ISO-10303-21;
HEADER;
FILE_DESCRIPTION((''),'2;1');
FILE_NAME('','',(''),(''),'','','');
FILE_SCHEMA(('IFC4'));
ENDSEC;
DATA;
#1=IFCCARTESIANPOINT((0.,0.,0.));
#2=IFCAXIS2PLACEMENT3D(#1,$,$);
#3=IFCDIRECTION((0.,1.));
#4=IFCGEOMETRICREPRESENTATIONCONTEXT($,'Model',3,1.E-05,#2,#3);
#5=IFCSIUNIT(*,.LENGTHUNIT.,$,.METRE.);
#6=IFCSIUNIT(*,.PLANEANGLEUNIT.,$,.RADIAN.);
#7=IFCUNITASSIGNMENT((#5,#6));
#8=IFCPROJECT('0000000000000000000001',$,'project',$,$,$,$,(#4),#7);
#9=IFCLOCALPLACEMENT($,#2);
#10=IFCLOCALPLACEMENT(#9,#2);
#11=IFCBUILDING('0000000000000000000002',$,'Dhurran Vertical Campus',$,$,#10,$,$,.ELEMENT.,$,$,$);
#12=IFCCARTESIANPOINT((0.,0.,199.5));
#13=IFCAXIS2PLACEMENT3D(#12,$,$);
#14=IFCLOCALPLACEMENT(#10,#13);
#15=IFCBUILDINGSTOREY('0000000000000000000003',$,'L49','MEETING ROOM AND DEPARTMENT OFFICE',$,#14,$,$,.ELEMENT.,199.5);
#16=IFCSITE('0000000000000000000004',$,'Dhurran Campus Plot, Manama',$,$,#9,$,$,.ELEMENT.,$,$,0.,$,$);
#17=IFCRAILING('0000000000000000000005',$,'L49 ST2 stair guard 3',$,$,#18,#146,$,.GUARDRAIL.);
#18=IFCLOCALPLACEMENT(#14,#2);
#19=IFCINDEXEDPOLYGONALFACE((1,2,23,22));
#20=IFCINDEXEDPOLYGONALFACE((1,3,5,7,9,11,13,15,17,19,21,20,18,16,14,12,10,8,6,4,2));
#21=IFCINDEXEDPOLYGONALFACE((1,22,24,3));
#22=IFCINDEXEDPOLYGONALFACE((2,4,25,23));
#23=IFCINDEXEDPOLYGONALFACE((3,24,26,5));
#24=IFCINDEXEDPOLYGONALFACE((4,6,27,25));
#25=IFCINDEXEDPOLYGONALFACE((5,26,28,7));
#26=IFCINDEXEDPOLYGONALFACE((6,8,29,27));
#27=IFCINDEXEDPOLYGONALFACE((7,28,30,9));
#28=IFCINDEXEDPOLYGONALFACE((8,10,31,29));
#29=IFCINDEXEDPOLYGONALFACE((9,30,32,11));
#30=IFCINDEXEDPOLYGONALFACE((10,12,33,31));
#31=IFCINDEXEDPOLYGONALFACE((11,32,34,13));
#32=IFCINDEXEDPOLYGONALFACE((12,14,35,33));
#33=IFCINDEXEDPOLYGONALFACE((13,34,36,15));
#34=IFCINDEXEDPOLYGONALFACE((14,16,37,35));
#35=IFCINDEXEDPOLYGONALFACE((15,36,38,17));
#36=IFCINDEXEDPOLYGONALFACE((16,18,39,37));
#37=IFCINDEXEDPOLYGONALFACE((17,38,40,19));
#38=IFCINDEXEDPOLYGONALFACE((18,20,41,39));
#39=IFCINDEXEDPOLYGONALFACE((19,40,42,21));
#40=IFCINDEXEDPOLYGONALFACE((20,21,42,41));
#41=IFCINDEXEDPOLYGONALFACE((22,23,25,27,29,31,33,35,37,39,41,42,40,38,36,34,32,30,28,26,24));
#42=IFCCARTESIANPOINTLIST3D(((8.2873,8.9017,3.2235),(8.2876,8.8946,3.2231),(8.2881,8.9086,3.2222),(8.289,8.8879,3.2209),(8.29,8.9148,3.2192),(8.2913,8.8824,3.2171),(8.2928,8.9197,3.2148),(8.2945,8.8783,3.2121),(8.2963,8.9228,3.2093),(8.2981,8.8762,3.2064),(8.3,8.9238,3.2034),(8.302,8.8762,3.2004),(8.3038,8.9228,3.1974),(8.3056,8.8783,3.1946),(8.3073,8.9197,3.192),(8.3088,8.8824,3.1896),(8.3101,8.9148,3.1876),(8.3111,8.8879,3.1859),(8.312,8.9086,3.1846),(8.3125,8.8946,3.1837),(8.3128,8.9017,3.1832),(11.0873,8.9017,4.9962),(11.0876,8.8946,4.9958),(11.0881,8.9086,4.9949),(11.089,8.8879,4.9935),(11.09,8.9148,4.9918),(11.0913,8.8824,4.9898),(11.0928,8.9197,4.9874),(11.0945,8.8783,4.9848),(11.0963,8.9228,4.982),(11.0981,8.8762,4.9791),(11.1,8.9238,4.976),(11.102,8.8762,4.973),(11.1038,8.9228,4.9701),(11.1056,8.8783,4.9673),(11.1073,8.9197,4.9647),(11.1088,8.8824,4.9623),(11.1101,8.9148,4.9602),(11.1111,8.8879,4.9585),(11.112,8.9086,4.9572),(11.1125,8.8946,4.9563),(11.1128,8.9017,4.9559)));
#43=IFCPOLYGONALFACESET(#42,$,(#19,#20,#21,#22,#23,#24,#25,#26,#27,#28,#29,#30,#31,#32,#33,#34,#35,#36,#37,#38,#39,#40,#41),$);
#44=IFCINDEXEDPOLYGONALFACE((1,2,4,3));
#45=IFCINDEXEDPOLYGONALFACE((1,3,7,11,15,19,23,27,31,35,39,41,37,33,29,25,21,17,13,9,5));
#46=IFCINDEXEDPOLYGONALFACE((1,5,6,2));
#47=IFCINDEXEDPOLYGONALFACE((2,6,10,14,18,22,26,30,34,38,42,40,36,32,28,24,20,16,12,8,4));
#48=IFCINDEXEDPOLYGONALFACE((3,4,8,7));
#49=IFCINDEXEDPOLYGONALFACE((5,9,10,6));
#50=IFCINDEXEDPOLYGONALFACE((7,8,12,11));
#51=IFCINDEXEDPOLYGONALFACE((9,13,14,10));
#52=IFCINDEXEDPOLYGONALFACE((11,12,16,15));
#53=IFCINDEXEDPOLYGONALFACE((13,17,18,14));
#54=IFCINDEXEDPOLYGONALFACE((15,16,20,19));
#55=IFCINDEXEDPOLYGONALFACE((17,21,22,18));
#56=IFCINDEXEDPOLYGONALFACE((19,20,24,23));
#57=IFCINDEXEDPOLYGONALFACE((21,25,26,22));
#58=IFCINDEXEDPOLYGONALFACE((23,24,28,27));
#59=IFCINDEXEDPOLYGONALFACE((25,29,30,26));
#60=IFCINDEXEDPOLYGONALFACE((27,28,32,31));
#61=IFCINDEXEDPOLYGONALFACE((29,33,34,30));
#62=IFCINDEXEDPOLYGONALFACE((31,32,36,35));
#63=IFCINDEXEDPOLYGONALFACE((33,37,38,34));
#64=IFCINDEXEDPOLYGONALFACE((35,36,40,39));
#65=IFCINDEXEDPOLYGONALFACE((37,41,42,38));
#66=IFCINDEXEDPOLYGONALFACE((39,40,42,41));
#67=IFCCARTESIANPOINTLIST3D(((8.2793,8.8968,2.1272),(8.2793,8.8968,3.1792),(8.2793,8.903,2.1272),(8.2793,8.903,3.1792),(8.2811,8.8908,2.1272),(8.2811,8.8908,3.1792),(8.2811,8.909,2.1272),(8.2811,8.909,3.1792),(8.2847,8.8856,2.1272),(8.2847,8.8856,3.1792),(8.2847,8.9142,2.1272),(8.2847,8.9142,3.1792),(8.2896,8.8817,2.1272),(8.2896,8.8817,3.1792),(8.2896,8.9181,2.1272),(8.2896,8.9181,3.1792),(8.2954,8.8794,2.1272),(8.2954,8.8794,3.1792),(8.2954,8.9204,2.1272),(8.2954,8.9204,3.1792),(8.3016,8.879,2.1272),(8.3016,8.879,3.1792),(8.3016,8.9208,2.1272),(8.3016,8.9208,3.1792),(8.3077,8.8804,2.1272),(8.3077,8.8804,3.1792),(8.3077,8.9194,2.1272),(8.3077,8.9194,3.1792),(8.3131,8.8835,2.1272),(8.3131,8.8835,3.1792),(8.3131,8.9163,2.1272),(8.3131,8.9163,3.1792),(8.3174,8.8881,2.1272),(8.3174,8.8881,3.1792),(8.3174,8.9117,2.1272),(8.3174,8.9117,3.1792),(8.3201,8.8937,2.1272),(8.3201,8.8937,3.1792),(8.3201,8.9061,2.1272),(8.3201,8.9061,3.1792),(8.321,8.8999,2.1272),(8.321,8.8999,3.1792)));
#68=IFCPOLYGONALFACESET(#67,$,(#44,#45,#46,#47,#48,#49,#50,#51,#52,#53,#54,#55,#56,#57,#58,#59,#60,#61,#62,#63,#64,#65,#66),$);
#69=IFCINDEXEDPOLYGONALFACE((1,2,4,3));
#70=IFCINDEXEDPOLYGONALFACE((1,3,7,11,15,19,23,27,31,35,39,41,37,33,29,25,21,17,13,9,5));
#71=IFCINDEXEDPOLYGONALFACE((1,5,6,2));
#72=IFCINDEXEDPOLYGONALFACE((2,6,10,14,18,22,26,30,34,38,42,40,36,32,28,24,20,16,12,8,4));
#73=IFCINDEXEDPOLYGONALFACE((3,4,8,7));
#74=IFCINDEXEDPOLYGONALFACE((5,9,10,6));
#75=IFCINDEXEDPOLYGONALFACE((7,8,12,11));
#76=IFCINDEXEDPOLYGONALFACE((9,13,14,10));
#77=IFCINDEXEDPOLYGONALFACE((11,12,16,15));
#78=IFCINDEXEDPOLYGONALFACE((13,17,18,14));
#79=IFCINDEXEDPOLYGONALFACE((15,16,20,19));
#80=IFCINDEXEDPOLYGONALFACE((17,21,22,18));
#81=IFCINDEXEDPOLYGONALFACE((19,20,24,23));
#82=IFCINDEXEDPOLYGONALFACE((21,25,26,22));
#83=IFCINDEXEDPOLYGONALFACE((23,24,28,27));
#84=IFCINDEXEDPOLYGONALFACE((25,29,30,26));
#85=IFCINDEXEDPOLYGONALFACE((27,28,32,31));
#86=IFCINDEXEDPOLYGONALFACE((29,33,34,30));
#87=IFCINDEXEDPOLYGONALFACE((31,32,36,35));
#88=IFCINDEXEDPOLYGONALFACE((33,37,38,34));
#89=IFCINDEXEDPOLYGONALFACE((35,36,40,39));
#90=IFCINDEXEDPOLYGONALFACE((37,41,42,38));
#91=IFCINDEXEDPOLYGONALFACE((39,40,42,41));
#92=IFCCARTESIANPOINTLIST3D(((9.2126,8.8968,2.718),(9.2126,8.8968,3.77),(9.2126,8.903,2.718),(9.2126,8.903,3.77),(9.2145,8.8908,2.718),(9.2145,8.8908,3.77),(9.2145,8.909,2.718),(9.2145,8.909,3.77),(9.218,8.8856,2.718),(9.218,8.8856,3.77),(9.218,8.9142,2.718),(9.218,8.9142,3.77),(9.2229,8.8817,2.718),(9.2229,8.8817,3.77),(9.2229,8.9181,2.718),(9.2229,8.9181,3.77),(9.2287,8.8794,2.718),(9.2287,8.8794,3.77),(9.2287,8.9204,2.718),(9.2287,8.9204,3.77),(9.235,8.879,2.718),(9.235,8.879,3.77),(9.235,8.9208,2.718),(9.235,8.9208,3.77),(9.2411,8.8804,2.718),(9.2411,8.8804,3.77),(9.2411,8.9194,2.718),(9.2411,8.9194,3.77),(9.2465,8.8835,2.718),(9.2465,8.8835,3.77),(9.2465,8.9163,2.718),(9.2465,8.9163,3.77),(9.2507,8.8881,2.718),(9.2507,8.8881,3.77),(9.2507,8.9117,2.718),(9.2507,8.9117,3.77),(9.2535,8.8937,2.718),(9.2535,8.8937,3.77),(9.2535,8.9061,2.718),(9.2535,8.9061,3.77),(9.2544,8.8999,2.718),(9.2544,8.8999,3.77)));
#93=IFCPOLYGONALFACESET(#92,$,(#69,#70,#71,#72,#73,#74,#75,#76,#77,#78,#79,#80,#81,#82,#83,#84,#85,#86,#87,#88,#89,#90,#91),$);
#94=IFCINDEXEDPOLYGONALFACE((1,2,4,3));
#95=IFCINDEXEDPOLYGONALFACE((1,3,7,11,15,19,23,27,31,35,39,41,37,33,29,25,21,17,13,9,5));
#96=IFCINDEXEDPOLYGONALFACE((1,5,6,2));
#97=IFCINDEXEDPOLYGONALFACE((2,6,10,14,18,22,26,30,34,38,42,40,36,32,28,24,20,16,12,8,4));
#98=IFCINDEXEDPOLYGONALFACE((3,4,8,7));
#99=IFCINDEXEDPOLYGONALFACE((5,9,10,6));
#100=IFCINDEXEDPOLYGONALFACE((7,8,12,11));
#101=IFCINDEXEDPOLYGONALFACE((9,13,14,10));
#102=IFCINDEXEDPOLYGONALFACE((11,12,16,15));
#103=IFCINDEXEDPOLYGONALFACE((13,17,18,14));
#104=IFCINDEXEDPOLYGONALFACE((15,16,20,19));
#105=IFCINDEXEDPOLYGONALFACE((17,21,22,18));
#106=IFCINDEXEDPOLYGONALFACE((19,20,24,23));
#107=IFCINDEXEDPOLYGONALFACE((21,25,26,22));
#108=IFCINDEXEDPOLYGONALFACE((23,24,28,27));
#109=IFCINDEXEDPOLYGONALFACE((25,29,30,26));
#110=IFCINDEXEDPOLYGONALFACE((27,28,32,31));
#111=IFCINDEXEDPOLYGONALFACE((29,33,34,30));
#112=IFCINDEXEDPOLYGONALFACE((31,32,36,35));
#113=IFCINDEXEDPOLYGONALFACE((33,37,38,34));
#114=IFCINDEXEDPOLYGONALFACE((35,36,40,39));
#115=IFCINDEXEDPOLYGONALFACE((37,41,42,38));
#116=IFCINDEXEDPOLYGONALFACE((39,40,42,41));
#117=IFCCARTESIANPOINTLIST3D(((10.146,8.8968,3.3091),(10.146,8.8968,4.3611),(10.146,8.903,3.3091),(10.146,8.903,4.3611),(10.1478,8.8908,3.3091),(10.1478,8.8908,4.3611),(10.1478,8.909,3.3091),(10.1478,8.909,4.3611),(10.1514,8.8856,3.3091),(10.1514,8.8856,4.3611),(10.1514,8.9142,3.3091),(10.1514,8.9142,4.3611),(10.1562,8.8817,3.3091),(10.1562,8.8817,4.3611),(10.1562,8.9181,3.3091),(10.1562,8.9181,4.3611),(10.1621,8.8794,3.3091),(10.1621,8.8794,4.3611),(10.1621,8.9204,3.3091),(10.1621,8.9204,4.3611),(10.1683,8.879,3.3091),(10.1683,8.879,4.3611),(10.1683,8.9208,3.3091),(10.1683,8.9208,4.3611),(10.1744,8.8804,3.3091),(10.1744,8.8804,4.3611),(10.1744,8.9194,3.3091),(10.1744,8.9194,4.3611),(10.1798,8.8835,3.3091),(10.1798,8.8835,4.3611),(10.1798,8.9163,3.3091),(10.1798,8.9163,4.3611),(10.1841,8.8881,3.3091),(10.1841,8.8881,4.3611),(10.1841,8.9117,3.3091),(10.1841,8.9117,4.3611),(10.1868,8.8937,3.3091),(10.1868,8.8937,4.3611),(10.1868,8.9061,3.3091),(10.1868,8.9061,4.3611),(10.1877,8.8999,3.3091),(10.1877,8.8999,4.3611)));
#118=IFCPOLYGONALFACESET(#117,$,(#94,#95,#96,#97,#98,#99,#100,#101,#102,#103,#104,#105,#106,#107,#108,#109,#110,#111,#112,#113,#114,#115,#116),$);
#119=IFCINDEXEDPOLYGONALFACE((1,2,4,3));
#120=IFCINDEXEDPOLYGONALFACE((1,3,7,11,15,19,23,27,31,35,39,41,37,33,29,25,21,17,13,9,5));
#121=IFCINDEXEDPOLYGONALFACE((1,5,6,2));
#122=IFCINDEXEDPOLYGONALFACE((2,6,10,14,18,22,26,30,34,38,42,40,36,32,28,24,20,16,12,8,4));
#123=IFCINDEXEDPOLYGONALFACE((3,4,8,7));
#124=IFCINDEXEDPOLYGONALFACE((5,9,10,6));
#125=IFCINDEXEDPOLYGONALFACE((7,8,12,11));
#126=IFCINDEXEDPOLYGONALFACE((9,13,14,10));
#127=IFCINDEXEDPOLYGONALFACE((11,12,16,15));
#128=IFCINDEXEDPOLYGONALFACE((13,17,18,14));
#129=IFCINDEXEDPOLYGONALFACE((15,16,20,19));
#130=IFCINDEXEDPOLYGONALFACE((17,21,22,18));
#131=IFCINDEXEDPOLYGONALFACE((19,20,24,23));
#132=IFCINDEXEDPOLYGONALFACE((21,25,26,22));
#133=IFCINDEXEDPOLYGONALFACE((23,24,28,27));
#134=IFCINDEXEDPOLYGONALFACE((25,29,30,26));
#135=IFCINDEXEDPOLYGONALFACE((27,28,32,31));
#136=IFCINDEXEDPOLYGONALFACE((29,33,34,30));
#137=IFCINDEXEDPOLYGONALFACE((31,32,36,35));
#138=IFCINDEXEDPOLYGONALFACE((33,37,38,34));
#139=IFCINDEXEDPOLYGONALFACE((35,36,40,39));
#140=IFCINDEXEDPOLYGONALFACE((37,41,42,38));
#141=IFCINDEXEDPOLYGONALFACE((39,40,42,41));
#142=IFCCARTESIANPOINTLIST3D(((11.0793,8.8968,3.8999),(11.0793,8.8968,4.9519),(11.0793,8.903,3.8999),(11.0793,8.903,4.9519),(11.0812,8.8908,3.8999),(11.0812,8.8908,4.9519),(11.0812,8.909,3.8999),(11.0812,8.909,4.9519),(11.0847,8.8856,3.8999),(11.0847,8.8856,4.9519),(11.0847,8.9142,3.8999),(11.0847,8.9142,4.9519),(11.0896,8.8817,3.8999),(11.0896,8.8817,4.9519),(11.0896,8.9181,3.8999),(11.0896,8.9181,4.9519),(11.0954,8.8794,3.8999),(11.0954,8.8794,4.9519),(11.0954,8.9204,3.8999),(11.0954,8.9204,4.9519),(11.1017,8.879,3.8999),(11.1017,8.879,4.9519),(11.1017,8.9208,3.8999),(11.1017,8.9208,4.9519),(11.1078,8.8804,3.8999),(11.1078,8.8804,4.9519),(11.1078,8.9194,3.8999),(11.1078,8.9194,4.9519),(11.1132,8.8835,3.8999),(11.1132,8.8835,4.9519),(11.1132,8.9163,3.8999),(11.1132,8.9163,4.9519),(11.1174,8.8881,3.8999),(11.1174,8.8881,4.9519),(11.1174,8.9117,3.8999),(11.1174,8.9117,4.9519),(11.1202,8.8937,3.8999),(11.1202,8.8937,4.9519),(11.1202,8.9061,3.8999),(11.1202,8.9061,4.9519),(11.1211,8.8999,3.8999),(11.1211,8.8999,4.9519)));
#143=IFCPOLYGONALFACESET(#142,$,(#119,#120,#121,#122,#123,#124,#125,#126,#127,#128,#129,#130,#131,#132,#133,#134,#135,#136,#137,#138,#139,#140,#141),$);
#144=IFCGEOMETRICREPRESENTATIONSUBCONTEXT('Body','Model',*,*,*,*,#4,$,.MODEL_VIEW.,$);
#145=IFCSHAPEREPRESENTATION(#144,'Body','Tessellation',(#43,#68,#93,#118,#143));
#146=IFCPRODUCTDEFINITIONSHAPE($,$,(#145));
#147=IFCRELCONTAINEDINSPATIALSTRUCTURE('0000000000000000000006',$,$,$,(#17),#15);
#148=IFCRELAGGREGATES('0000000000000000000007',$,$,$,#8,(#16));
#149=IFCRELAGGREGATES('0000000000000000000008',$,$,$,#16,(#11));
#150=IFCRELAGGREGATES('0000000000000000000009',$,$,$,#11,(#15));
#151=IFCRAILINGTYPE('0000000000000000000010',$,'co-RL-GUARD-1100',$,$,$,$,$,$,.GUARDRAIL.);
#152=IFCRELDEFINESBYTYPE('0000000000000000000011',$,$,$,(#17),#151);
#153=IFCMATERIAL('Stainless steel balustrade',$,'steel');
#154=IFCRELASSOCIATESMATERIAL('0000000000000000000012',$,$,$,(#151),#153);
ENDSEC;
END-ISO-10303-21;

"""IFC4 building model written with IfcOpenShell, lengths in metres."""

from ifc_helpers import new_model, si_unit, direction, frame, origin, origin_2d, place, context, subcontext, project, spatial, circle, extrude, material, type_object, element, save


model = new_model("IFC4")

# Units and contexts
model_context = context("Model", 3, precision=1e-05, world=origin(), true_north=direction((0.0, 1.0)))
body_context = subcontext(model_context, "Body", "Model", "MODEL_VIEW")
ifc_project = project(units=[si_unit("LENGTHUNIT", "METRE"), si_unit("PLANEANGLEUNIT", "RADIAN")], contexts=[model_context])

# Site, building, storey
site_placement = place(None, origin())
site = spatial("IfcSite", under=ifc_project, at=site_placement, Name="Dhurran Campus Plot, Manama", CompositionType="ELEMENT", RefElevation=0.0)
building_placement = place(site_placement, origin())
building = spatial("IfcBuilding", under=site, at=building_placement, Name="Dhurran Vertical Campus", CompositionType="ELEMENT")
storey_placement = place(building_placement, frame((0.0, 0.0, 199.5)))
storey = spatial("IfcBuildingStorey", under=building, at=storey_placement, Name="L49", Description="MEETING ROOM AND DEPARTMENT OFFICE", CompositionType="ELEMENT", Elevation=199.5)

# Railing
ifc_material_1 = material(Name="Stainless steel balustrade", Category="steel")
railing_type_1 = type_object("IfcRailingType", Name="co-RL-GUARD-1100", PredefinedType="GUARDRAIL", material=ifc_material_1)
railing_1_placement = place(storey_placement, frame((8.3, 8.8999, 2.1272)))
element("IfcRailing", 1, at=railing_1_placement, inside=storey, type_object=railing_type_1, Name="L49 ST2 stair guard 3", PredefinedType="GUARDRAIL", context=body_context, shape_type="SweptSolid", body=[
    extrude(circle(Radius=0.0239, at=origin_2d()), frame((0.0, 0.0, 1.0762), z_axis=(0.844909, 0.0, 0.53491), x_axis=(0.0, 1.0, 0.0)), (0.0, 0.0, 1.0), 3.314),
    extrude(circle(Radius=0.021, at=origin_2d()), origin(), (0.0, 0.0, 1.0), 1.052),
    extrude(circle(Radius=0.021, at=origin_2d()), frame((0.9333, 0.0, 0.5908)), (0.0, 0.0, 1.0), 1.052),
    extrude(circle(Radius=0.021, at=origin_2d()), frame((1.8667, 0.0, 1.1819)), (0.0, 0.0, 1.0), 1.052),
    extrude(circle(Radius=0.021, at=origin_2d()), frame((2.8, 0.0, 1.7727)), (0.0, 0.0, 1.0), 1.052),
])

save(model, "model.ifc")
